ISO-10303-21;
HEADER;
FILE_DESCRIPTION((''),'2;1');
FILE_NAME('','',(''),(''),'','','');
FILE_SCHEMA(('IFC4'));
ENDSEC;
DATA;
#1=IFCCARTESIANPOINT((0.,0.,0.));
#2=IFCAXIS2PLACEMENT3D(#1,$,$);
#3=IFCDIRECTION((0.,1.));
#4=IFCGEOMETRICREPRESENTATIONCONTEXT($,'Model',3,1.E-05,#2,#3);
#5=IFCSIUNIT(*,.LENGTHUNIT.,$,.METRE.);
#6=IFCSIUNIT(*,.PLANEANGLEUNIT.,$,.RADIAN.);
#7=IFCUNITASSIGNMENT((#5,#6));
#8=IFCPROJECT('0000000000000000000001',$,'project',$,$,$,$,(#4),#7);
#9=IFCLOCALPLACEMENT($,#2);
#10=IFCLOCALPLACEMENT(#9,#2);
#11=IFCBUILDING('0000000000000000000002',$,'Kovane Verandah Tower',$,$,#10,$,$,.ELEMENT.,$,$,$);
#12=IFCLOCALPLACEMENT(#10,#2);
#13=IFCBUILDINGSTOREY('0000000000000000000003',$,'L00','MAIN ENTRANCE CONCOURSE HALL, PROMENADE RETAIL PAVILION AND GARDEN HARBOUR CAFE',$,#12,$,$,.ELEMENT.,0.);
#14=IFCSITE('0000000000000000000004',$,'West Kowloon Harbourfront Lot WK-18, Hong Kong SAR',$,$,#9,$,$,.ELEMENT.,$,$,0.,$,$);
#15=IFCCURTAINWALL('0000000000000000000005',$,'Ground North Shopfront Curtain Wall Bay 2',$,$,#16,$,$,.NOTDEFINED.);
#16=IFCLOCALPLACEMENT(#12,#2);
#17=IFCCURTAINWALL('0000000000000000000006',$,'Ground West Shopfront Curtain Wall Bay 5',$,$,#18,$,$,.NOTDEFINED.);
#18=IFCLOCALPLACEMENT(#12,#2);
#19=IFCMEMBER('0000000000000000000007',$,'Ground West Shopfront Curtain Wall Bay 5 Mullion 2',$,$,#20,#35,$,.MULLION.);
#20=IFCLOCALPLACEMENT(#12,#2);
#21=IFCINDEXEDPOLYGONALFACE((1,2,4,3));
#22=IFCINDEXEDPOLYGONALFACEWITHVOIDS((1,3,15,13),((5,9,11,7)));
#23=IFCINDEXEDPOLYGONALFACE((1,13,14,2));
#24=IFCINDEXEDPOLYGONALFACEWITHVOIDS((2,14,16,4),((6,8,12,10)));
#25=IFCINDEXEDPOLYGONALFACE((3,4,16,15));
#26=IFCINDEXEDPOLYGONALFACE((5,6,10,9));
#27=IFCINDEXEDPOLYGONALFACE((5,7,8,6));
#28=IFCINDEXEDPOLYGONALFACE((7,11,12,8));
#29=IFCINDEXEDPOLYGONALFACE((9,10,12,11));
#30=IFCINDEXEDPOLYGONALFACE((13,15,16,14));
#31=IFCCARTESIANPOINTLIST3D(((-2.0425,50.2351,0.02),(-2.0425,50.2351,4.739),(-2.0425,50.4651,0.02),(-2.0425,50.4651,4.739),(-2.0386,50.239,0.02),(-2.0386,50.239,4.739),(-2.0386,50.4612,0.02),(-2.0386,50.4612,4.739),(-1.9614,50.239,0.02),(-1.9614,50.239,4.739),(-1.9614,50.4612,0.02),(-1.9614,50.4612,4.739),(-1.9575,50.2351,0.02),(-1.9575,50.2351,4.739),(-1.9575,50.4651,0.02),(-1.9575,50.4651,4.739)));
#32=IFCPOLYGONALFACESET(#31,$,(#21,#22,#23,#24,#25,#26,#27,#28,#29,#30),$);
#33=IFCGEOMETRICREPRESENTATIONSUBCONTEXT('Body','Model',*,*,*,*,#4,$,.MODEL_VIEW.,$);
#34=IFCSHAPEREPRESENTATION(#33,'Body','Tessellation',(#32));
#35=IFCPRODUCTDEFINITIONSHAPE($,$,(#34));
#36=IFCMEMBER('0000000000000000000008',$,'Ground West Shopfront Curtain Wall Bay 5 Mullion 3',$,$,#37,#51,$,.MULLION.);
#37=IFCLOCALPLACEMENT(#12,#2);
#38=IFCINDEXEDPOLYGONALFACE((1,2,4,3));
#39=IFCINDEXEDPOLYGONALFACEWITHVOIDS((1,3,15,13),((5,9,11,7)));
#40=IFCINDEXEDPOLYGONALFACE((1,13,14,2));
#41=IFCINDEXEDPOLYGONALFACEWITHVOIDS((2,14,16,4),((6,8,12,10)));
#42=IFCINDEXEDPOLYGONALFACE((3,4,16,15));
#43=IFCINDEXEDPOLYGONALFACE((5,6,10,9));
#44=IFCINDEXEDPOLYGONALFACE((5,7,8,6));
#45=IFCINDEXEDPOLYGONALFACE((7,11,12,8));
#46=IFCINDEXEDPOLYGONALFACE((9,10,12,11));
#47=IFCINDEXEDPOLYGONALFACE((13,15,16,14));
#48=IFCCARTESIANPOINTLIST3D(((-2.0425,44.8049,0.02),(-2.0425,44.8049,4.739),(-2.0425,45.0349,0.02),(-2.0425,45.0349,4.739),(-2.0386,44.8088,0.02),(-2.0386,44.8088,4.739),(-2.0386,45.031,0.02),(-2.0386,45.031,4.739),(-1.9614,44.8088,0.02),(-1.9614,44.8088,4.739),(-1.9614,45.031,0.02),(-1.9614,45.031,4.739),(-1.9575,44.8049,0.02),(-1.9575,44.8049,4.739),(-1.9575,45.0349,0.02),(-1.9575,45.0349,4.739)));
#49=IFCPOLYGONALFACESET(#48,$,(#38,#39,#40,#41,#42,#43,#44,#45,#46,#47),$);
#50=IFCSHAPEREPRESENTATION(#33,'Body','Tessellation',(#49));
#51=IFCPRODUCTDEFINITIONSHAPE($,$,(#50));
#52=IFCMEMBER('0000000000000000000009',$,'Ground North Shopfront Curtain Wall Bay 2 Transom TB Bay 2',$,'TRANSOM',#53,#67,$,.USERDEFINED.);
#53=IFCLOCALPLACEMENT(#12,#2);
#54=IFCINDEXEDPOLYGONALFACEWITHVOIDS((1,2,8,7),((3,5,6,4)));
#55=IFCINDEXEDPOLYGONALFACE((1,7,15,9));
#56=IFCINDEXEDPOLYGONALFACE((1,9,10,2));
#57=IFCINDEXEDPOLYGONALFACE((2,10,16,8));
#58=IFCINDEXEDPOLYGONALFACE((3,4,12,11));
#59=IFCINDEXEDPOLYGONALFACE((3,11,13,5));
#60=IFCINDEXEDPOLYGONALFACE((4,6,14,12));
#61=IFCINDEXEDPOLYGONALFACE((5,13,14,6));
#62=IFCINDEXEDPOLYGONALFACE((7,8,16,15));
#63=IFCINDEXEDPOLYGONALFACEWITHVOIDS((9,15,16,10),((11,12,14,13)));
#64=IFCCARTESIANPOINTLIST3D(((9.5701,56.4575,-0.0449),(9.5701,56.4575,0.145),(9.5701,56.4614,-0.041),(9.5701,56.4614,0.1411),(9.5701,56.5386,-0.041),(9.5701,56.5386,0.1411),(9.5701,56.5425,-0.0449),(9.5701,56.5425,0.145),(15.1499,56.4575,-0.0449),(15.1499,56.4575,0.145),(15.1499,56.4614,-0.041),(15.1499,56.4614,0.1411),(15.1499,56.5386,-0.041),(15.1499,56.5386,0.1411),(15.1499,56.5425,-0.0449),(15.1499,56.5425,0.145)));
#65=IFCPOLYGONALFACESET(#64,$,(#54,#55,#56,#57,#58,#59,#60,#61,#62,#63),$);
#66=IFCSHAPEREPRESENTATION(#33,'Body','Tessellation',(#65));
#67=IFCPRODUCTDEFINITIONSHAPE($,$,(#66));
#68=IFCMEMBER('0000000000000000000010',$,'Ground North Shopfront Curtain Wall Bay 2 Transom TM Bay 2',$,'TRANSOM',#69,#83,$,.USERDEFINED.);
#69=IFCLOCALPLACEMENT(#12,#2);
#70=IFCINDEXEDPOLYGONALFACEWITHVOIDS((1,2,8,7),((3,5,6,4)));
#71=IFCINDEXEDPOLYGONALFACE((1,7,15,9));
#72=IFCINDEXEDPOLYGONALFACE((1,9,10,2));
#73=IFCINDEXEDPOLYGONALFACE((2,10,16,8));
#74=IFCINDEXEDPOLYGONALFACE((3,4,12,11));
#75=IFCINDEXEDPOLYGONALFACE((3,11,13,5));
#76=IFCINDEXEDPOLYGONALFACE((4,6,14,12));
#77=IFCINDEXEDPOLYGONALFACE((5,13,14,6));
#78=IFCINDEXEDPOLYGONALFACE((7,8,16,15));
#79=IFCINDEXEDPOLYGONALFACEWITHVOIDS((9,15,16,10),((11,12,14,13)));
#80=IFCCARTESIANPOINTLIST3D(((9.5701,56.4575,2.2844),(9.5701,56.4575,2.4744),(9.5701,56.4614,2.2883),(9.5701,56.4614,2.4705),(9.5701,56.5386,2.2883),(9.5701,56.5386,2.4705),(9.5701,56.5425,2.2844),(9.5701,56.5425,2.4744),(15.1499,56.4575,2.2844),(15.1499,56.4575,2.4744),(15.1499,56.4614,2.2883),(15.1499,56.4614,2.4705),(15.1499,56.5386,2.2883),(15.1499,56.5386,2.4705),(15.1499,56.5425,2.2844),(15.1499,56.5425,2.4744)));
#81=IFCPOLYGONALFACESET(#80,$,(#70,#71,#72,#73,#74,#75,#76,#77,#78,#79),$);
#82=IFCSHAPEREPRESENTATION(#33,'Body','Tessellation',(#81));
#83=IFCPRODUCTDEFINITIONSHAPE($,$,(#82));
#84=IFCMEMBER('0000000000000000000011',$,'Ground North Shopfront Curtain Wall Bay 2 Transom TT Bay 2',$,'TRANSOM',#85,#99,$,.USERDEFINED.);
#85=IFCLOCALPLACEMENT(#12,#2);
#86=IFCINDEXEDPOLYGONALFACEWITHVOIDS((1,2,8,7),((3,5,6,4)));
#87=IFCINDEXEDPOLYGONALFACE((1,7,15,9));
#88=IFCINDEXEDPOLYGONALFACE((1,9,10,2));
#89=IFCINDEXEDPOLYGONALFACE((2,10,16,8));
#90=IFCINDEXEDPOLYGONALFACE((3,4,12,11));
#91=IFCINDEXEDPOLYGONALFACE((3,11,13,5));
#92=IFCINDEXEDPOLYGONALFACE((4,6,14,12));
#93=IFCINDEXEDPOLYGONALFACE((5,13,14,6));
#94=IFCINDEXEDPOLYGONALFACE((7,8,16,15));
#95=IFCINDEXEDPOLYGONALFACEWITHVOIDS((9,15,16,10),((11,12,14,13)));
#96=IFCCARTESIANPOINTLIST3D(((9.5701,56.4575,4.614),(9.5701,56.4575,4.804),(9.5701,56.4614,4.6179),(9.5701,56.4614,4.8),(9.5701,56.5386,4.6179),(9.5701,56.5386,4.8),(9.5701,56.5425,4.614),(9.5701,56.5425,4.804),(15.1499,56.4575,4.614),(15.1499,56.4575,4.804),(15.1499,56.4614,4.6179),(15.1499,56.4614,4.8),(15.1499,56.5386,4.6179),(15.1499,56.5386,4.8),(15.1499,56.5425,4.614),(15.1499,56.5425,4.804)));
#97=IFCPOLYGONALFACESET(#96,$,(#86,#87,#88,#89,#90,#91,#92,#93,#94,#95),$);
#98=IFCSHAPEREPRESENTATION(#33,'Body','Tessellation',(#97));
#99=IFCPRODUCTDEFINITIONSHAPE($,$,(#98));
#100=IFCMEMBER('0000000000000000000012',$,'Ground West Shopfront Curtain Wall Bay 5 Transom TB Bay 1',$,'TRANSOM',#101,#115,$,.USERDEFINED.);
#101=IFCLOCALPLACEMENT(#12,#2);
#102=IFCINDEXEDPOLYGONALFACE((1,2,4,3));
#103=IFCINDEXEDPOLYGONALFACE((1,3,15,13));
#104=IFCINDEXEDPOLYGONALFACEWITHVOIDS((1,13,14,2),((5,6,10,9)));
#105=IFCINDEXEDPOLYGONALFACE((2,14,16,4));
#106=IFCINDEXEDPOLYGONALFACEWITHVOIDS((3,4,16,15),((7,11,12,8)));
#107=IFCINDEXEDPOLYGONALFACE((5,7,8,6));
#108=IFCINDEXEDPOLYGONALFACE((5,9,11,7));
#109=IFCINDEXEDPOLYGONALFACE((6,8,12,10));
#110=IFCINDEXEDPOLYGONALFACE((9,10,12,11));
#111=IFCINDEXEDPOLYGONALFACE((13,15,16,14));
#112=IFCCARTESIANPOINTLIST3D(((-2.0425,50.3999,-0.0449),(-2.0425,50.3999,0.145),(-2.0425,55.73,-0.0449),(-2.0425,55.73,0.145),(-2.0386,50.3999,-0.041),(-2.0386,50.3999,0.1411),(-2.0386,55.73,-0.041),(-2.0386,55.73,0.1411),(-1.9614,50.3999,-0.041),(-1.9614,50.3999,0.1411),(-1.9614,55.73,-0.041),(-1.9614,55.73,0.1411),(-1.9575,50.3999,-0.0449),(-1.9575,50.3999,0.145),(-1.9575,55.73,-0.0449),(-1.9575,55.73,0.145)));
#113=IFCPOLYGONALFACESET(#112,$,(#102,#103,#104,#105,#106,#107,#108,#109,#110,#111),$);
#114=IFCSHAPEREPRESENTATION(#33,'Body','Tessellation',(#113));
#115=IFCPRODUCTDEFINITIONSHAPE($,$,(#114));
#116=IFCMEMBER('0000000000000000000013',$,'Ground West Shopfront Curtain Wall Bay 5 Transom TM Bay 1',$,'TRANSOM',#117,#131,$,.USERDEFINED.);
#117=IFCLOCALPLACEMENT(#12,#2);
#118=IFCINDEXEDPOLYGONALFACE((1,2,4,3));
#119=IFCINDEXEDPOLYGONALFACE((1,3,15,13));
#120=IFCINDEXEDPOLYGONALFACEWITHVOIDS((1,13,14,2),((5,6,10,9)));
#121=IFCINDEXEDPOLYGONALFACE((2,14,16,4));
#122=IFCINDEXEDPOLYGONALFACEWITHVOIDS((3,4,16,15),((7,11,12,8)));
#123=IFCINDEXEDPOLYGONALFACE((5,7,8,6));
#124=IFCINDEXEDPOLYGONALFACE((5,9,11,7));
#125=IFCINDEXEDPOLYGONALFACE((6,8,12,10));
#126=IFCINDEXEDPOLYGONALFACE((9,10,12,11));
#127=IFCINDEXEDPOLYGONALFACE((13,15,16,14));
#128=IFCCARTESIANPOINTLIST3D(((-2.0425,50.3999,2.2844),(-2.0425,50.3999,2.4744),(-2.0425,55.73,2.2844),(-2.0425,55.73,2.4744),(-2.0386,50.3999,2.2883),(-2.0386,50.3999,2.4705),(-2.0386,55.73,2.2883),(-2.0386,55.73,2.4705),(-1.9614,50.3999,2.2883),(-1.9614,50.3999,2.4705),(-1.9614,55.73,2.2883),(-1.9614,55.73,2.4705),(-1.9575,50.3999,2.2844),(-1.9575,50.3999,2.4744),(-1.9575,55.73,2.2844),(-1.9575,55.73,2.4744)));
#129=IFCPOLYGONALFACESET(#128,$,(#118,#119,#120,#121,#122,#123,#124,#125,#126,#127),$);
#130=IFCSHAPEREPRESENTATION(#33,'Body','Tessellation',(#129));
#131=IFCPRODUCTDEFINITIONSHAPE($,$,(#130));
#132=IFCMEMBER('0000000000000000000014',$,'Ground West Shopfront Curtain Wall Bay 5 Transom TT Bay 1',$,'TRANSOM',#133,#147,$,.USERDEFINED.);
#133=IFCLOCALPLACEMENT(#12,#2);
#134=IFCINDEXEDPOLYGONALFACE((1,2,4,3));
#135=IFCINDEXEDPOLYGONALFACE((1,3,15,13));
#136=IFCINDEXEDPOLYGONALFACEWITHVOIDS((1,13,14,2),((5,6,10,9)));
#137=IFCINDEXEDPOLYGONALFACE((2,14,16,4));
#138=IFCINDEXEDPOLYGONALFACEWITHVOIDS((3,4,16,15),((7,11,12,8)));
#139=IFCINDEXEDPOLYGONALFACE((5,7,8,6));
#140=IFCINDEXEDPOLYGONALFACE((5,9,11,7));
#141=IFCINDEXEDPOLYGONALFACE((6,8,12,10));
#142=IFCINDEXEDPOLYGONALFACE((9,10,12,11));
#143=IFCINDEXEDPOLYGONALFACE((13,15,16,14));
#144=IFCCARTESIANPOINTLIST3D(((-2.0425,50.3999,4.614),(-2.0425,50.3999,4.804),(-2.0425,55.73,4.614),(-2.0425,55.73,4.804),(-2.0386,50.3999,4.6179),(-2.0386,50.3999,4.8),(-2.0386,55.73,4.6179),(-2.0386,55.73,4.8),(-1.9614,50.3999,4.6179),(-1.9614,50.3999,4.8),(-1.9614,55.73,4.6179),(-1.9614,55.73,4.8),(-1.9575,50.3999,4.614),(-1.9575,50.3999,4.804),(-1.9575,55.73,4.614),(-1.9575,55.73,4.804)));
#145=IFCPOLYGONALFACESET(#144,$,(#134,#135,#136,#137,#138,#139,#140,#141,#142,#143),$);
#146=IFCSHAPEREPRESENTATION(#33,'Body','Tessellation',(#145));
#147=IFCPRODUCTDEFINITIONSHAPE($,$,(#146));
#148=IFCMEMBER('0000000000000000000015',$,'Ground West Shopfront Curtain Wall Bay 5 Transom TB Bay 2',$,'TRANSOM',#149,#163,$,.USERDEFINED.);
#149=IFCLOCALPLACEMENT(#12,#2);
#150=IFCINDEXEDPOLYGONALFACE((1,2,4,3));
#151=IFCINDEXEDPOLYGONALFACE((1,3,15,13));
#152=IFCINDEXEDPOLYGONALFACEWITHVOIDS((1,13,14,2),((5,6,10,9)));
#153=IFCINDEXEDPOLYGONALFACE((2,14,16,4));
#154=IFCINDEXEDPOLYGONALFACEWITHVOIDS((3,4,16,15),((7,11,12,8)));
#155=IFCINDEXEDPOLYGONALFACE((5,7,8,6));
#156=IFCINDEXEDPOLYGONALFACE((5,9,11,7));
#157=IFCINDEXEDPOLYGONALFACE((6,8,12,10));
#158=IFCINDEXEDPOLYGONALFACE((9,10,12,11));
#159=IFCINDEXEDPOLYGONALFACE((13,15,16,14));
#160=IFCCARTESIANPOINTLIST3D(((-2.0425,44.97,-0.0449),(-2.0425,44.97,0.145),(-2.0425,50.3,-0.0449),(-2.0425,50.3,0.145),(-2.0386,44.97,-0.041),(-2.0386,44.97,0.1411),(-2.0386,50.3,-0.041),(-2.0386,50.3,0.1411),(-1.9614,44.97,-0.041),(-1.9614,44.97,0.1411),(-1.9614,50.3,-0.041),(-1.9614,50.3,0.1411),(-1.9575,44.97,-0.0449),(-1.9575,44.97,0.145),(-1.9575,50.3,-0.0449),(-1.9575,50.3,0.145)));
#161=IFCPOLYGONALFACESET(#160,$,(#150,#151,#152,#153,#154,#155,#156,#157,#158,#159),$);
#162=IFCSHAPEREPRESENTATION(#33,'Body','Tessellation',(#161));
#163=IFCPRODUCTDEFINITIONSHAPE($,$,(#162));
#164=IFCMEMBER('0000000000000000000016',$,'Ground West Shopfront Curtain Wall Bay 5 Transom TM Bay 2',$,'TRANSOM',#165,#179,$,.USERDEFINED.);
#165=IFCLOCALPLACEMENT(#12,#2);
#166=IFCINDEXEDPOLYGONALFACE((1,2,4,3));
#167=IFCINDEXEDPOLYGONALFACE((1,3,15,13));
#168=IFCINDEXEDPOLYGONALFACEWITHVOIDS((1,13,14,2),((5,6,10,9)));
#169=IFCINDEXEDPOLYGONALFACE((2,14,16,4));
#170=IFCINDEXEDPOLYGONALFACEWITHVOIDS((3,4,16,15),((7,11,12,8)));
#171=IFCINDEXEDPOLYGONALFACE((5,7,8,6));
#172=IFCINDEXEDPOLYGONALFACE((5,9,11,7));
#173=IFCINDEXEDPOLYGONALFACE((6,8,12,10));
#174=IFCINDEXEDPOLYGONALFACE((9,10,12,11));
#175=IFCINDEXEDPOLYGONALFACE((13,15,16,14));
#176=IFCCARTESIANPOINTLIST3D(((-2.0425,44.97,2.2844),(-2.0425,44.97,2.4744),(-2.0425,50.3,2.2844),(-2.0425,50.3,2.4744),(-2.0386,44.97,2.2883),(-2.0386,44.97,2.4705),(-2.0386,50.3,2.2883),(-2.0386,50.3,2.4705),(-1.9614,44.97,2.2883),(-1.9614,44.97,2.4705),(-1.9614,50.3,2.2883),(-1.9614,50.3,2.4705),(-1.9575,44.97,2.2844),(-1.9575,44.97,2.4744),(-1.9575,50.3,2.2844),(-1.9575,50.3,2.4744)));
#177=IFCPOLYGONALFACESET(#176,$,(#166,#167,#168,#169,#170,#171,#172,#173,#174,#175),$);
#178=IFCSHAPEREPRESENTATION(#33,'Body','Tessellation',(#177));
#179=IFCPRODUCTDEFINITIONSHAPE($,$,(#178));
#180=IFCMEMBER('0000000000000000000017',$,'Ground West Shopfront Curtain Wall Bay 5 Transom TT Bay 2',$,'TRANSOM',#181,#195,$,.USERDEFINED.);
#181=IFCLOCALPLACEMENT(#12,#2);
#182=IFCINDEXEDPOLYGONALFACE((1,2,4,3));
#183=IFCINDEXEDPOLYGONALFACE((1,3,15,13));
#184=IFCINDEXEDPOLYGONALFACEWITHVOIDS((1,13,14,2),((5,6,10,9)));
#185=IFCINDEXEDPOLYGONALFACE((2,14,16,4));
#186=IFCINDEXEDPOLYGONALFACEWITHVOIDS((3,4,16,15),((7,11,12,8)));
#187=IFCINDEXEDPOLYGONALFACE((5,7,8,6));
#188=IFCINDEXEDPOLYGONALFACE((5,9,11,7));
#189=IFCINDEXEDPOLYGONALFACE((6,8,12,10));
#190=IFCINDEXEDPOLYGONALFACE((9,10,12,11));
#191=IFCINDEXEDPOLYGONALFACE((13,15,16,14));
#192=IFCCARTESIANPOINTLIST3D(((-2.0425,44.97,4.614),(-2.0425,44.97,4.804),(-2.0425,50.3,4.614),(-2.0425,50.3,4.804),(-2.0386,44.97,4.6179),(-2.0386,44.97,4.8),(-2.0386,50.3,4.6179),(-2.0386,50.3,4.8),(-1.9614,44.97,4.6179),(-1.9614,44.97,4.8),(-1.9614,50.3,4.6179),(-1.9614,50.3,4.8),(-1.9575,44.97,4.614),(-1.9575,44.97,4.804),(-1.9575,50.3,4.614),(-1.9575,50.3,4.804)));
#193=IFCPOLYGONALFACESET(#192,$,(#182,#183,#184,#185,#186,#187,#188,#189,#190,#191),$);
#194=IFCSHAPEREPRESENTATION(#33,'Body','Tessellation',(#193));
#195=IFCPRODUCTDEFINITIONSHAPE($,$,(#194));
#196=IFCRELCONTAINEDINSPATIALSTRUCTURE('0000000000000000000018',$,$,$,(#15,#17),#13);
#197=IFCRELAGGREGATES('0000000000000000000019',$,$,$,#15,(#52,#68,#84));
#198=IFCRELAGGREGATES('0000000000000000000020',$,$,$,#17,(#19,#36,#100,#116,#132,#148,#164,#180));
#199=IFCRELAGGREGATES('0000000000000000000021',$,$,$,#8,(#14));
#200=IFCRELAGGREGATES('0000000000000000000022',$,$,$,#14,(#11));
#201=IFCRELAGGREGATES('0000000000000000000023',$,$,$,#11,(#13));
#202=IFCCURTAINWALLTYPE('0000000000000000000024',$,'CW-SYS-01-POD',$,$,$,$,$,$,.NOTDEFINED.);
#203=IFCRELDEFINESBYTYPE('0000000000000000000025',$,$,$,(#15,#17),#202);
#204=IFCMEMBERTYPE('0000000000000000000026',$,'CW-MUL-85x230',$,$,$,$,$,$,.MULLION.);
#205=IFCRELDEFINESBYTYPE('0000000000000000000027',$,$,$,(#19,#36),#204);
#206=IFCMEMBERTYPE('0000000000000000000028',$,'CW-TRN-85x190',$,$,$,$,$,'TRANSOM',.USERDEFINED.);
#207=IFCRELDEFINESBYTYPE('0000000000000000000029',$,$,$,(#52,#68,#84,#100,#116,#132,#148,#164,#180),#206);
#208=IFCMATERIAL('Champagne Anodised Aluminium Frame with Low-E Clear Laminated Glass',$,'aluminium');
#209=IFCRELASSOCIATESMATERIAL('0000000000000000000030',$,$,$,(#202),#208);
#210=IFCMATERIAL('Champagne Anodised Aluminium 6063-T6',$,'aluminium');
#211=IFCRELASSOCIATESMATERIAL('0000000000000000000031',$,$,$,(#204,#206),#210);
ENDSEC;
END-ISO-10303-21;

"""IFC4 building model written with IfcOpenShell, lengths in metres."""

from ifc_helpers import new_model, si_unit, direction, frame, origin, origin_2d, place, context, subcontext, project, spatial, hollow_rectangle, extrude, material, material_profile, profile_set, type_object, element, aggregate, save


model = new_model("IFC4")

# Units and contexts
model_context = context("Model", 3, precision=1e-05, world=origin(), true_north=direction((0.0, 1.0)))
body_context = subcontext(model_context, "Body", "Model", "MODEL_VIEW")
ifc_project = project(units=[si_unit("LENGTHUNIT", "METRE"), si_unit("PLANEANGLEUNIT", "RADIAN")], contexts=[model_context])

# Site, building, storey
site_placement = place(None, origin())
site = spatial("IfcSite", under=ifc_project, at=site_placement, Name="West Kowloon Harbourfront Lot WK-18, Hong Kong SAR", CompositionType="ELEMENT", RefElevation=0.0)
building_placement = place(site_placement, origin())
building = spatial("IfcBuilding", under=site, at=building_placement, Name="Kovane Verandah Tower", CompositionType="ELEMENT")
storey_placement = place(building_placement, origin())
storey = spatial("IfcBuildingStorey", under=building, at=storey_placement, Name="L00", Description="MAIN ENTRANCE CONCOURSE HALL, PROMENADE RETAIL PAVILION AND GARDEN HARBOUR CAFE", CompositionType="ELEMENT", Elevation=0.0)

# Curtain walls, members
ifc_material_1 = material(Name="Champagne Anodised Aluminium Frame with Low-E Clear Laminated Glass", Category="aluminium")
curtain_wall_type = type_object("IfcCurtainWallType", Name="CW-SYS-01-POD", PredefinedType="NOTDEFINED", material=ifc_material_1)
curtain_wall_1_placement = place(storey_placement, origin())
curtain_wall_1 = element("IfcCurtainWall", 1, at=curtain_wall_1_placement, inside=storey, type_object=curtain_wall_type, Name="Ground North Shopfront Curtain Wall Bay 2", PredefinedType="NOTDEFINED")
ifc_material_2 = material(Name="Champagne Anodised Aluminium 6063-T6", Category="aluminium")
ifc_material_profile_1 = material_profile(ifc_material_2, hollow_rectangle(XDim=0.085, YDim=0.23, WallThickness=0.0039, at=origin_2d()), Name="AL85x230x4")
ifc_profile_set_1 = profile_set([ifc_material_profile_1], Name="Champagne Anodised Aluminium 6063-T6")
member_type_1 = type_object("IfcMemberType", Name="CW-MUL-85x230", PredefinedType="MULLION", material=ifc_profile_set_1)
curtain_wall_2_placement = place(storey_placement, origin())
curtain_wall_2 = element("IfcCurtainWall", 2, at=curtain_wall_2_placement, inside=storey, type_object=curtain_wall_type, Name="Ground West Shopfront Curtain Wall Bay 5", PredefinedType="NOTDEFINED")
member_1_placement = place(storey_placement, frame((-2.0, 50.3501, 0.02), z_axis=(0.0, 0.0, 1.0), x_axis=(-1.0, 0.0, 0.0)))
member_1 = element("IfcMember", 3, at=member_1_placement, type_object=member_type_1, Name="Ground West Shopfront Curtain Wall Bay 5 Mullion 2", PredefinedType="MULLION", context=body_context, shape_type="SweptSolid", body=[
    extrude(hollow_rectangle(XDim=0.085, YDim=0.23, WallThickness=0.0039, at=origin_2d()), origin(), (0.0, 0.0, 1.0), 4.719),
])
member_2_placement = place(storey_placement, frame((-2.0, 44.9199, 0.02), z_axis=(0.0, 0.0, 1.0), x_axis=(-1.0, 0.0, 0.0)))
member_2 = element("IfcMember", 4, at=member_2_placement, type_object=member_type_1, Name="Ground West Shopfront Curtain Wall Bay 5 Mullion 3", PredefinedType="MULLION", context=body_context, shape_type="SweptSolid", body=[
    extrude(hollow_rectangle(XDim=0.085, YDim=0.23, WallThickness=0.0039, at=origin_2d()), origin(), (0.0, 0.0, 1.0), 4.719),
])

# Members
ifc_material_profile_2 = material_profile(ifc_material_2, hollow_rectangle(XDim=0.085, YDim=0.1899, WallThickness=0.0039, at=origin_2d()), Name="AL85x190x4")
ifc_profile_set_2 = profile_set([ifc_material_profile_2], Name="Champagne Anodised Aluminium 6063-T6")
member_type_2 = type_object("IfcMemberType", Name="CW-TRN-85x190", ElementType="TRANSOM", PredefinedType="USERDEFINED", material=ifc_profile_set_2)
member_3_placement = place(storey_placement, frame((15.1499, 56.5, 0.05), z_axis=(-1.0, 0.0, 0.0), x_axis=(0.0, -1.0, 0.0)))
member_3 = element("IfcMember", 5, at=member_3_placement, type_object=member_type_2, Name="Ground North Shopfront Curtain Wall Bay 2 Transom TB Bay 2", ObjectType="TRANSOM", PredefinedType="USERDEFINED", context=body_context, shape_type="SweptSolid", body=[
    extrude(hollow_rectangle(XDim=0.085, YDim=0.1899, WallThickness=0.0039, at=origin_2d()), origin(), (0.0, 0.0, 1.0), 5.5798),
])
member_4_placement = place(storey_placement, frame((15.1499, 56.5, 2.3794), z_axis=(-1.0, 0.0, 0.0), x_axis=(0.0, -1.0, 0.0)))
member_4 = element("IfcMember", 6, at=member_4_placement, type_object=member_type_2, Name="Ground North Shopfront Curtain Wall Bay 2 Transom TM Bay 2", ObjectType="TRANSOM", PredefinedType="USERDEFINED", context=body_context, shape_type="SweptSolid", body=[
    extrude(hollow_rectangle(XDim=0.085, YDim=0.1899, WallThickness=0.0039, at=origin_2d()), origin(), (0.0, 0.0, 1.0), 5.5798),
])
member_5_placement = place(storey_placement, frame((15.1499, 56.5, 4.709), z_axis=(-1.0, 0.0, 0.0), x_axis=(0.0, -1.0, 0.0)))
member_5 = element("IfcMember", 7, at=member_5_placement, type_object=member_type_2, Name="Ground North Shopfront Curtain Wall Bay 2 Transom TT Bay 2", ObjectType="TRANSOM", PredefinedType="USERDEFINED", context=body_context, shape_type="SweptSolid", body=[
    extrude(hollow_rectangle(XDim=0.085, YDim=0.1899, WallThickness=0.0039, at=origin_2d()), origin(), (0.0, 0.0, 1.0), 5.5798),
])
member_6_placement = place(storey_placement, frame((-2.0, 55.73, 0.05), z_axis=(0.0, -1.0, 0.0), x_axis=(1.0, 0.0, 0.0)))
member_6 = element("IfcMember", 8, at=member_6_placement, type_object=member_type_2, Name="Ground West Shopfront Curtain Wall Bay 5 Transom TB Bay 1", ObjectType="TRANSOM", PredefinedType="USERDEFINED", context=body_context, shape_type="SweptSolid", body=[
    extrude(hollow_rectangle(XDim=0.085, YDim=0.1899, WallThickness=0.0039, at=origin_2d()), origin(), (0.0, 0.0, 1.0), 5.3301),
])
member_7_placement = place(storey_placement, frame((-2.0, 55.73, 2.3794), z_axis=(0.0, -1.0, 0.0), x_axis=(1.0, 0.0, 0.0)))
member_7 = element("IfcMember", 9, at=member_7_placement, type_object=member_type_2, Name="Ground West Shopfront Curtain Wall Bay 5 Transom TM Bay 1", ObjectType="TRANSOM", PredefinedType="USERDEFINED", context=body_context, shape_type="SweptSolid", body=[
    extrude(hollow_rectangle(XDim=0.085, YDim=0.1899, WallThickness=0.0039, at=origin_2d()), origin(), (0.0, 0.0, 1.0), 5.3301),
])
member_8_placement = place(storey_placement, frame((-2.0, 55.73, 4.709), z_axis=(0.0, -1.0, 0.0), x_axis=(1.0, 0.0, 0.0)))
member_8 = element("IfcMember", 10, at=member_8_placement, type_object=member_type_2, Name="Ground West Shopfront Curtain Wall Bay 5 Transom TT Bay 1", ObjectType="TRANSOM", PredefinedType="USERDEFINED", context=body_context, shape_type="SweptSolid", body=[
    extrude(hollow_rectangle(XDim=0.085, YDim=0.1899, WallThickness=0.0039, at=origin_2d()), origin(), (0.0, 0.0, 1.0), 5.3301),
])
member_9_placement = place(storey_placement, frame((-2.0, 50.3, 0.05), z_axis=(0.0, -1.0, 0.0), x_axis=(1.0, 0.0, 0.0)))
member_9 = element("IfcMember", 11, at=member_9_placement, type_object=member_type_2, Name="Ground West Shopfront Curtain Wall Bay 5 Transom TB Bay 2", ObjectType="TRANSOM", PredefinedType="USERDEFINED", context=body_context, shape_type="SweptSolid", body=[
    extrude(hollow_rectangle(XDim=0.085, YDim=0.1899, WallThickness=0.0039, at=origin_2d()), origin(), (0.0, 0.0, 1.0), 5.3301),
])
member_10_placement = place(storey_placement, frame((-2.0, 50.3, 2.3794), z_axis=(0.0, -1.0, 0.0), x_axis=(1.0, 0.0, 0.0)))
member_10 = element("IfcMember", 12, at=member_10_placement, type_object=member_type_2, Name="Ground West Shopfront Curtain Wall Bay 5 Transom TM Bay 2", ObjectType="TRANSOM", PredefinedType="USERDEFINED", context=body_context, shape_type="SweptSolid", body=[
    extrude(hollow_rectangle(XDim=0.085, YDim=0.1899, WallThickness=0.0039, at=origin_2d()), origin(), (0.0, 0.0, 1.0), 5.3301),
])
member_11_placement = place(storey_placement, frame((-2.0, 50.3, 4.709), z_axis=(0.0, -1.0, 0.0), x_axis=(1.0, 0.0, 0.0)))
member_11 = element("IfcMember", 13, at=member_11_placement, type_object=member_type_2, Name="Ground West Shopfront Curtain Wall Bay 5 Transom TT Bay 2", ObjectType="TRANSOM", PredefinedType="USERDEFINED", context=body_context, shape_type="SweptSolid", body=[
    extrude(hollow_rectangle(XDim=0.085, YDim=0.1899, WallThickness=0.0039, at=origin_2d()), origin(), (0.0, 0.0, 1.0), 5.3301),
])

aggregate(curtain_wall_1, [member_3, member_4, member_5])
aggregate(curtain_wall_2, [member_1, member_2, member_6, member_7, member_8, member_9, member_10, member_11])

save(model, "model.ifc")
